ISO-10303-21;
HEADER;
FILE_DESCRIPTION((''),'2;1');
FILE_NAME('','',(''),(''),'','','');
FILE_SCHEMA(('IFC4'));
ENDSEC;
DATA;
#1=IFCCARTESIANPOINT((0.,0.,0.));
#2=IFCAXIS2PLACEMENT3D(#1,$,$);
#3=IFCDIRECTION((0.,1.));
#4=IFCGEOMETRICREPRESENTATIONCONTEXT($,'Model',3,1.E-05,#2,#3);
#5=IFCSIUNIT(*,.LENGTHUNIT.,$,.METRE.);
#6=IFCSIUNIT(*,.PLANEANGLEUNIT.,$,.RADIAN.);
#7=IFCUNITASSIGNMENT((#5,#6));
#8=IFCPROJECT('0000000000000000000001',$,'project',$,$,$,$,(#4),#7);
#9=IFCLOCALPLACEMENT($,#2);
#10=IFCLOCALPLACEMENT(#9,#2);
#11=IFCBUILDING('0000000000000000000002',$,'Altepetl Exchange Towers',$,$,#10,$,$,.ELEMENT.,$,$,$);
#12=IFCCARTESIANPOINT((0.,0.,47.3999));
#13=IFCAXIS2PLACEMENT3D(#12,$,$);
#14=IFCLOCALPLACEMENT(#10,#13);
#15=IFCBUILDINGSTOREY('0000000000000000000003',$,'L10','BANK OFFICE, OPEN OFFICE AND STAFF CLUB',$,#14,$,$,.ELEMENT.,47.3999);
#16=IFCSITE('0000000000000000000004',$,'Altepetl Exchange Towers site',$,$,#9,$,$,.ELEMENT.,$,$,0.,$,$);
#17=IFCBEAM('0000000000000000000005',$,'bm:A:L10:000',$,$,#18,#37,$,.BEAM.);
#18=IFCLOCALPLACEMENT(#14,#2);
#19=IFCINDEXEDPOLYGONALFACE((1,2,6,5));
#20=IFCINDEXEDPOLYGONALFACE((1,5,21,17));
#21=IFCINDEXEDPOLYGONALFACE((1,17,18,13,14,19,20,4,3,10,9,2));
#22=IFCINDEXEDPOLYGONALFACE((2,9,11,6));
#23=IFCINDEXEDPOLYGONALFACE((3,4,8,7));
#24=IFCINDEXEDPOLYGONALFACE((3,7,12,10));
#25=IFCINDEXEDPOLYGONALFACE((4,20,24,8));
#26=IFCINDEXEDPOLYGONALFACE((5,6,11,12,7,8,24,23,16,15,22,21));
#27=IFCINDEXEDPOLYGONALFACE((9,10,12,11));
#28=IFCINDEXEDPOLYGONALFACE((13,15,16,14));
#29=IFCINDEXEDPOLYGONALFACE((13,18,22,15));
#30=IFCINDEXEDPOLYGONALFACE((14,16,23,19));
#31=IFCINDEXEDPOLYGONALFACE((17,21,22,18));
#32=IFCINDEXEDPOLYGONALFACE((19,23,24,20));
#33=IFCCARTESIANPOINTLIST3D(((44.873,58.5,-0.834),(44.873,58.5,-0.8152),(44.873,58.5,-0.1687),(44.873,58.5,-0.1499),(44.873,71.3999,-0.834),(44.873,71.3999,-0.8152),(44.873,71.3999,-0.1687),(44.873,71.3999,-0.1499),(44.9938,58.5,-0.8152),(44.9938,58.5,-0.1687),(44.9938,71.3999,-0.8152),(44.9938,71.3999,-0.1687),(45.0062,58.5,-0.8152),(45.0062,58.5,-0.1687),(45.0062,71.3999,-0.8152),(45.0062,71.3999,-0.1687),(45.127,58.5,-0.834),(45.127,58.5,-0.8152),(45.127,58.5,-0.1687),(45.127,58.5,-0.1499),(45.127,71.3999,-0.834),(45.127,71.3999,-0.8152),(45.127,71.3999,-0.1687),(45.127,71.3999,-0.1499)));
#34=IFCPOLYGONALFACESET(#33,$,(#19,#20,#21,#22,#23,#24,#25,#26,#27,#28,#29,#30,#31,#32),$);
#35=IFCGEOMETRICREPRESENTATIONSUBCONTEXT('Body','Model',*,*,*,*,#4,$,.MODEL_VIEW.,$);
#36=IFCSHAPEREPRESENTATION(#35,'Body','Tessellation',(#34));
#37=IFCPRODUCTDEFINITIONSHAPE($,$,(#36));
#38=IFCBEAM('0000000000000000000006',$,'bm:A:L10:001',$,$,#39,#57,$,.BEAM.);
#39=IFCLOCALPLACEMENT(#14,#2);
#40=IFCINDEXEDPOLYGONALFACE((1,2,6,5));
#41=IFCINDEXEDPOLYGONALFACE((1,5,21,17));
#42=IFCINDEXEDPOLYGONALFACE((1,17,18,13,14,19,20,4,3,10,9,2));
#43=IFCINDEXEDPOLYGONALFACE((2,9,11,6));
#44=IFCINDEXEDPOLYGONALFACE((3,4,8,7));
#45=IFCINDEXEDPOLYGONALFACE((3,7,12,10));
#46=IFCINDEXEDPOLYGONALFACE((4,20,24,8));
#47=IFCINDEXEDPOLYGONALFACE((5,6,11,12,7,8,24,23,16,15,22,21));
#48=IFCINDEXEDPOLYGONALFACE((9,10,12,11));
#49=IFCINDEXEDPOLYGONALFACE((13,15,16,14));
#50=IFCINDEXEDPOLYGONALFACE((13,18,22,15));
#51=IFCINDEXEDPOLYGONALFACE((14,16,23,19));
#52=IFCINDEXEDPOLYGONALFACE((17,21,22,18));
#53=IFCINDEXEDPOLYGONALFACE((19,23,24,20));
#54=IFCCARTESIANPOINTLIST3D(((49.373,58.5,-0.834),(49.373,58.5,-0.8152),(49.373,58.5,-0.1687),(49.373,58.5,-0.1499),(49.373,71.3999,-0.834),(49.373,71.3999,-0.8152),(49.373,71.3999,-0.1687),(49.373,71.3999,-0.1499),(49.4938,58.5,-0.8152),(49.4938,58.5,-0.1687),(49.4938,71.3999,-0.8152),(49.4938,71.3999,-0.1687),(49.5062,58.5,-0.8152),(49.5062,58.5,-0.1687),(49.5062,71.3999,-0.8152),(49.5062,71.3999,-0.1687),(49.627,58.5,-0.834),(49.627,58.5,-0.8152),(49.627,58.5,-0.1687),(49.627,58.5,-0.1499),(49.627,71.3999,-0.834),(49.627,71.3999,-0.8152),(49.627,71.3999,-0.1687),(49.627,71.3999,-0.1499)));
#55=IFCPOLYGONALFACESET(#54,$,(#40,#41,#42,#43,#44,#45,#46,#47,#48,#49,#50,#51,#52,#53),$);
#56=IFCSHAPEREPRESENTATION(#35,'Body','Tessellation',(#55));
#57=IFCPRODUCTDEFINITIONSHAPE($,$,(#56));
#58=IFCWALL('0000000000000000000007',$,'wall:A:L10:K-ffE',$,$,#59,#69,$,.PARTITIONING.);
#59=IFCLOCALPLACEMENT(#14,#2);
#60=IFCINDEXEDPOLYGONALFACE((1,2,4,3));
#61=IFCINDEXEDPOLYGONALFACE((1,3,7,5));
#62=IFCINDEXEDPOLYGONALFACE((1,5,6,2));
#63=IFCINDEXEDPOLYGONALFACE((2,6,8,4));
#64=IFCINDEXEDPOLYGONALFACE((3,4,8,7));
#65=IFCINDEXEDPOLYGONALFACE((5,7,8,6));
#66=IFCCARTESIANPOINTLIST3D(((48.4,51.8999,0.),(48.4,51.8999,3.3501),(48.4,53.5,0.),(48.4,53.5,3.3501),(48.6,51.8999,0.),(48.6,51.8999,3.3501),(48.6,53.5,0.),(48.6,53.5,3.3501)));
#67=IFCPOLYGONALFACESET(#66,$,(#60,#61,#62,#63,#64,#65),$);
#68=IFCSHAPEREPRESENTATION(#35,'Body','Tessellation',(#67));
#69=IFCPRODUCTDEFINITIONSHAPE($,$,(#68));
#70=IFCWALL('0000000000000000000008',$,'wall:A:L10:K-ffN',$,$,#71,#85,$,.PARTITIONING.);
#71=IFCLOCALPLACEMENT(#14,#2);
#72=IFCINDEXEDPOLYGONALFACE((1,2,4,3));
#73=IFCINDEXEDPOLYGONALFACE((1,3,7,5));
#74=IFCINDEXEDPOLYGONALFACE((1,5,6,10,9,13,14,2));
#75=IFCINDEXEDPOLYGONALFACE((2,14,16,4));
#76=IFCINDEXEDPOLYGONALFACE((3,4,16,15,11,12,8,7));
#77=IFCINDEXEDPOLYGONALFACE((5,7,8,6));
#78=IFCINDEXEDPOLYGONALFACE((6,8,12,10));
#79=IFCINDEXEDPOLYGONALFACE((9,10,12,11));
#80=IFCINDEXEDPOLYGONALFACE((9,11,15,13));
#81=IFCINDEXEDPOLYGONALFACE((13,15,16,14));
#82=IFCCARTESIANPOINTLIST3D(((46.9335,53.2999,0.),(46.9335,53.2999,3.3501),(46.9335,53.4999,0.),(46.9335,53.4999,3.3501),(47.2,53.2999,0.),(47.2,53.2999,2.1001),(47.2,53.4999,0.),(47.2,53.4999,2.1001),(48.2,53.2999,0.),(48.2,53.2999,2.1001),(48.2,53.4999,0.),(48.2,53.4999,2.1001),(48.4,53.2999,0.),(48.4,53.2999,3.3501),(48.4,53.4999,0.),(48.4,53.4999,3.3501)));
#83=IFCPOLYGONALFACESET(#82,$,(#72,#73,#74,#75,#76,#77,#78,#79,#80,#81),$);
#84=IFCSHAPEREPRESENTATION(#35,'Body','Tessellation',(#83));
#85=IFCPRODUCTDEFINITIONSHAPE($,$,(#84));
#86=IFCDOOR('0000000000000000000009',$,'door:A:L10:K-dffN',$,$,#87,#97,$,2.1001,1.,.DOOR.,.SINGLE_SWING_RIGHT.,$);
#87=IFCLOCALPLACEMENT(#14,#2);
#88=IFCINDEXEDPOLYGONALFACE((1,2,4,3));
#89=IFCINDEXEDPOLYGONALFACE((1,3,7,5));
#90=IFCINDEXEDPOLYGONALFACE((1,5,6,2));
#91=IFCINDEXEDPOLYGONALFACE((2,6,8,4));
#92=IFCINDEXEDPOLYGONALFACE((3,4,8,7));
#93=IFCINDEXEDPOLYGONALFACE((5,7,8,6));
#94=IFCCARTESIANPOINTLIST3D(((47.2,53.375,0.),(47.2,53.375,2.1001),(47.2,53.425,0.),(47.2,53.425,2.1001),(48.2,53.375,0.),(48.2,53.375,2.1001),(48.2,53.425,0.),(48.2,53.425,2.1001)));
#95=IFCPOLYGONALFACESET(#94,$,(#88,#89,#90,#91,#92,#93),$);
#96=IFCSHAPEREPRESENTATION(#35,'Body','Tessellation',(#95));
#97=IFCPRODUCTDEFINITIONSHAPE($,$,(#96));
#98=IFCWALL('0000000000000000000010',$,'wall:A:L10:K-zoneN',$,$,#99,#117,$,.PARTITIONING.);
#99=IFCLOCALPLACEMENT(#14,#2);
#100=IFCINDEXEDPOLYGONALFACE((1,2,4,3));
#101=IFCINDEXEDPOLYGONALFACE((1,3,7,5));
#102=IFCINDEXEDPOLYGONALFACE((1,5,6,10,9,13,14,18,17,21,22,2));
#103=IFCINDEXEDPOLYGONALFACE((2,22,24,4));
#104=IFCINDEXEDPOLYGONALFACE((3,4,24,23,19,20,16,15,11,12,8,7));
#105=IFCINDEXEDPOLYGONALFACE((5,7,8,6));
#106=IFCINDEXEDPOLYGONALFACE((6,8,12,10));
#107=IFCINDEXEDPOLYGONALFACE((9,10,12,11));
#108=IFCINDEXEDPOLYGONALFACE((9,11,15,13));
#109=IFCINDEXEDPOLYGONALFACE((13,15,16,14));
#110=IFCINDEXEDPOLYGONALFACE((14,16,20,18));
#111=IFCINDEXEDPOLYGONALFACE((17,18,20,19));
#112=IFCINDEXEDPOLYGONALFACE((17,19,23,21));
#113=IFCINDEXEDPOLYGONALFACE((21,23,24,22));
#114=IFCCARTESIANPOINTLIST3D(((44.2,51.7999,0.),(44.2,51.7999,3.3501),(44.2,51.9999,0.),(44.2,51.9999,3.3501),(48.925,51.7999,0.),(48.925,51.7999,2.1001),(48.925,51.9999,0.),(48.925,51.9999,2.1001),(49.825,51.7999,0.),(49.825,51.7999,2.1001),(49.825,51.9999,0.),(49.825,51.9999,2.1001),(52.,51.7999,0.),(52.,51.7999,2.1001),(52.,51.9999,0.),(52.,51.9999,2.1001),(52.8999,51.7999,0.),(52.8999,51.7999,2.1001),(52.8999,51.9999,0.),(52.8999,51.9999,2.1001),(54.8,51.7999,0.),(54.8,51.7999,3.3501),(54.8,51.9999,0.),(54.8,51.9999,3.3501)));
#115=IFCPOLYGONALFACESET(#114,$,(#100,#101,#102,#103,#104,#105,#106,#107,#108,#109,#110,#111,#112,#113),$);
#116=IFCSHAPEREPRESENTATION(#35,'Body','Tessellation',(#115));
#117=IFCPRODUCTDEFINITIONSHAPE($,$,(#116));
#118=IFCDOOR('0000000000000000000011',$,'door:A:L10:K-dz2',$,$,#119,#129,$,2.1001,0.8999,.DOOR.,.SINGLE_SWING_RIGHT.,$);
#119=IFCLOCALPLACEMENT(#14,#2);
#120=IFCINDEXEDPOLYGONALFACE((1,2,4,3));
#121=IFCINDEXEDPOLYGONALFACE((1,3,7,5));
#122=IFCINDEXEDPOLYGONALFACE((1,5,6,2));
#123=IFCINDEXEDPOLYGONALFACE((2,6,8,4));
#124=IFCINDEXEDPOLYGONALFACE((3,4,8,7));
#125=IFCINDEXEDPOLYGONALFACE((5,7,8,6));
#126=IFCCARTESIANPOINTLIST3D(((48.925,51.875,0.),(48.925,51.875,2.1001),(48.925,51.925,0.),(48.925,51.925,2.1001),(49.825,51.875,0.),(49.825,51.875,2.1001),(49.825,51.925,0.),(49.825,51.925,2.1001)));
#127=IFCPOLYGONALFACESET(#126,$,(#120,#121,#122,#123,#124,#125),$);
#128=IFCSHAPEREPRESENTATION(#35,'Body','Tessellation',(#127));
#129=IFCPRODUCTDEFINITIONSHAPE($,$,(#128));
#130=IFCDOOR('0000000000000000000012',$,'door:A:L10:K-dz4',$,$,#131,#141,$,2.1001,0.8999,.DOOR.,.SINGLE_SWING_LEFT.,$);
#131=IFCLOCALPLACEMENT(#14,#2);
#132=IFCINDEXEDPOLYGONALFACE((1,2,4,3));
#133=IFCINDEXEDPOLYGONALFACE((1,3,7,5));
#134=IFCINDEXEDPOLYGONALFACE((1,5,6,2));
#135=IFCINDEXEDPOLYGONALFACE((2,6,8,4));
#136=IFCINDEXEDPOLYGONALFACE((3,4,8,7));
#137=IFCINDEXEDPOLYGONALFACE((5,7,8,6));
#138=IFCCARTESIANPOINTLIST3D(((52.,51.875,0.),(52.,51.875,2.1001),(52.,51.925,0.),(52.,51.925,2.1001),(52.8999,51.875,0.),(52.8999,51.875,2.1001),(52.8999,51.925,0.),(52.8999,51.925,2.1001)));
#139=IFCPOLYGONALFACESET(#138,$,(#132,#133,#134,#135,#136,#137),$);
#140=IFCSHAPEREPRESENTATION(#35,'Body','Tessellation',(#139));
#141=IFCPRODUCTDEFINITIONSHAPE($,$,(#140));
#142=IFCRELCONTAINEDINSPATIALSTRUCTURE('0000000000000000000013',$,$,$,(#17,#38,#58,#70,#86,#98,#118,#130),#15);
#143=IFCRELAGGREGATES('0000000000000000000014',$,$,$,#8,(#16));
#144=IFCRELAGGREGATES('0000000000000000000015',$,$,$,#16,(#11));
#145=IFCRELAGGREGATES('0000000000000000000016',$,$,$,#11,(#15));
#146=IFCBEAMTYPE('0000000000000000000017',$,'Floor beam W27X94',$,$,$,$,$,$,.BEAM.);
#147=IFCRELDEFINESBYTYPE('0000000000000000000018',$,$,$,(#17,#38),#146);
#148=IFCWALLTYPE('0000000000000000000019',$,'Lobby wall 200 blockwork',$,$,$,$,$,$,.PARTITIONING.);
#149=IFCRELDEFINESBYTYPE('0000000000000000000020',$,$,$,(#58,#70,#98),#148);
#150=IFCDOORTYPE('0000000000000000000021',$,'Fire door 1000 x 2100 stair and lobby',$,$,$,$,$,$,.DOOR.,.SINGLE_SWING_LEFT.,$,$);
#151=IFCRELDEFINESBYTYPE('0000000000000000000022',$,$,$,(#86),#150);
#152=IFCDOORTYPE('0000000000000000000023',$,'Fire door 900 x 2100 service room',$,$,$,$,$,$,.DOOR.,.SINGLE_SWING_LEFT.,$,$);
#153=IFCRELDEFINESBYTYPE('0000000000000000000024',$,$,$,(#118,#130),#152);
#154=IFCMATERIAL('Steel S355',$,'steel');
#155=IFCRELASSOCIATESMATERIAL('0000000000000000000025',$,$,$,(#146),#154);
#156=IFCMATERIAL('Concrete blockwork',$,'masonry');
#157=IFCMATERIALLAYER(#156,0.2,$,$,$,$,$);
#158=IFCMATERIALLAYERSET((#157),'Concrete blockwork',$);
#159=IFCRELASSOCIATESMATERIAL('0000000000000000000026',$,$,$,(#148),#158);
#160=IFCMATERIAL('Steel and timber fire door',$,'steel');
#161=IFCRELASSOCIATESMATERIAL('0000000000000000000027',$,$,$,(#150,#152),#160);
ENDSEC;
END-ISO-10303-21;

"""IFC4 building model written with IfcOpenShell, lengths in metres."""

from ifc_helpers import new_model, si_unit, direction, frame, frame_2d, origin, origin_2d, place, context, subcontext, project, spatial, rectangle, i_section, extrude, material, layer, layer_set, material_profile, profile_set, type_object, element, fill, save


model = new_model("IFC4")

# Units and contexts
model_context = context("Model", 3, precision=1e-05, world=origin(), true_north=direction((0.0, 1.0)))
body_context = subcontext(model_context, "Body", "Model", "MODEL_VIEW")
ifc_project = project(units=[si_unit("LENGTHUNIT", "METRE"), si_unit("PLANEANGLEUNIT", "RADIAN")], contexts=[model_context])

# Site, building, storey
site_placement = place(None, origin())
site = spatial("IfcSite", under=ifc_project, at=site_placement, Name="Altepetl Exchange Towers site", CompositionType="ELEMENT", RefElevation=0.0)
building_placement = place(site_placement, origin())
building = spatial("IfcBuilding", under=site, at=building_placement, Name="Altepetl Exchange Towers", CompositionType="ELEMENT")
storey_placement = place(building_placement, frame((0.0, 0.0, 47.3999)))
storey = spatial("IfcBuildingStorey", under=building, at=storey_placement, Name="L10", Description="BANK OFFICE, OPEN OFFICE AND STAFF CLUB", CompositionType="ELEMENT", Elevation=47.3999)

# Beams
ifc_material_1 = material(Name="Steel S355", Category="steel")
ifc_material_profile = material_profile(ifc_material_1, i_section(OverallWidth=0.2539, OverallDepth=0.6841, WebThickness=0.0125, FlangeThickness=0.0188, at=origin_2d()), Name="W27X94")
ifc_profile_set = profile_set([ifc_material_profile], Name="Steel S355")
beam_type = type_object("IfcBeamType", Name="Floor beam W27X94", PredefinedType="BEAM", material=ifc_profile_set)
for number, where, z_axis, x_axis, name in (
    (1, (45.0, 58.5, -0.4919), (0.0, 1.0, 0.0), (-1.0, 0.0, 0.0), "bm:A:L10:000"),
    (2, (49.5, 58.5, -0.4919), (0.0, 1.0, 0.0), (-1.0, 0.0, 0.0), "bm:A:L10:001"),
):
    element("IfcBeam", number, at=place(storey_placement, frame(where, z_axis=z_axis, x_axis=x_axis)), inside=storey, type_object=beam_type, Name=name, PredefinedType="BEAM", context=body_context, shape_type="SweptSolid", body=[
        extrude(i_section(OverallWidth=0.2539, OverallDepth=0.6841, WebThickness=0.0125, FlangeThickness=0.0188, at=origin_2d()), origin(), (0.0, 0.0, 1.0), 12.8999),
    ])

# Wall
ifc_material_2 = material(Name="Concrete blockwork", Category="masonry")
ifc_layer_1 = layer(ifc_material_2, 0.2)
ifc_layer_set_1 = layer_set([ifc_layer_1], Name="Concrete blockwork")
wall_type_1 = type_object("IfcWallType", Name="Lobby wall 200 blockwork", PredefinedType="PARTITIONING", material=ifc_layer_set_1)
wall_1_placement = place(storey_placement, frame((48.5, 51.8999, 0.0), z_axis=(0.0, 0.0, 1.0), x_axis=(0.0, 1.0, 0.0)))
element("IfcWall", 3, at=wall_1_placement, inside=storey, type_object=wall_type_1, Name="wall:A:L10:K-ffE", PredefinedType="PARTITIONING", context=body_context, shape_type="SweptSolid", body=[
    extrude(rectangle(XDim=1.6001, YDim=0.2, at=frame_2d((0.8, 0.0))), origin(), (0.0, 0.0, 1.0), 3.3501),
])

# Wall, opening, door
wall_2_placement = place(storey_placement, frame((46.9333, 53.3999, 0.0)))
wall_2 = element("IfcWall", 4, at=wall_2_placement, inside=storey, type_object=wall_type_1, Name="wall:A:L10:K-ffN", PredefinedType="PARTITIONING", context=body_context, shape_type="SweptSolid", body=[
    extrude(rectangle(XDim=1.4666, YDim=0.2, at=frame_2d((0.7334, 0.0))), origin(), (0.0, 0.0, 1.0), 3.3501),
])
opening_1_placement = place(wall_2_placement, frame((0.2666, 0.0, 0.0)))
opening_1 = element("IfcOpeningElement", 5, at=opening_1_placement, cuts=wall_2, PredefinedType="OPENING", context=body_context, shape_type="SweptSolid", body=[
    extrude(rectangle(XDim=1.0, YDim=2.1001, at=frame_2d((0.5, 1.05))), frame((0.0, 0.1099, 0.0), z_axis=(0.0, -1.0, 0.0), x_axis=(1.0, 0.0, 0.0)), (0.0, 0.0, 1.0), 0.22),
])
ifc_material_3 = material(Name="Steel and timber fire door", Category="steel")
door_type_1 = type_object("IfcDoorType", Name="Fire door 1000 x 2100 stair and lobby", OperationType="SINGLE_SWING_LEFT", PredefinedType="DOOR", material=ifc_material_3)
door_1_placement = place(opening_1_placement, frame((1.0, 0.0, 0.0), x_axis=(-1.0, 0.0, 0.0)))
door_1 = element("IfcDoor", 6, at=door_1_placement, inside=storey, type_object=door_type_1, Name="door:A:L10:K-dffN", OperationType="SINGLE_SWING_RIGHT", OverallHeight=2.1001, OverallWidth=1.0, PredefinedType="DOOR", context=body_context, shape_type="SweptSolid", body=[
    extrude(rectangle(XDim=1.0, YDim=2.1001, at=frame_2d((0.5, 1.05))), frame((0.0, 0.0249, 0.0), z_axis=(0.0, -1.0, 0.0), x_axis=(1.0, 0.0, 0.0)), (0.0, 0.0, 1.0), 0.05),
])
fill(opening_1, door_1)

# Wall, openings, doors
wall_3_placement = place(storey_placement, frame((44.2, 51.8999, 0.0)))
wall_3 = element("IfcWall", 7, at=wall_3_placement, inside=storey, type_object=wall_type_1, Name="wall:A:L10:K-zoneN", PredefinedType="PARTITIONING", context=body_context, shape_type="SweptSolid", body=[
    extrude(rectangle(XDim=10.6001, YDim=0.2, at=frame_2d((5.3, 0.0))), origin(), (0.0, 0.0, 1.0), 3.3501),
])
opening_2_placement = place(wall_3_placement, frame((4.7251, 0.0, 0.0)))
opening_2 = element("IfcOpeningElement", 8, at=opening_2_placement, cuts=wall_3, PredefinedType="OPENING", context=body_context, shape_type="SweptSolid", body=[
    extrude(rectangle(XDim=0.8999, YDim=2.1001, at=frame_2d((0.45, 1.05))), frame((0.0, 0.1099, 0.0), z_axis=(0.0, -1.0, 0.0), x_axis=(1.0, 0.0, 0.0)), (0.0, 0.0, 1.0), 0.22),
])
opening_3_placement = place(wall_3_placement, frame((7.8, 0.0, 0.0)))
opening_3 = element("IfcOpeningElement", 9, at=opening_3_placement, cuts=wall_3, PredefinedType="OPENING", context=body_context, shape_type="SweptSolid", body=[
    extrude(rectangle(XDim=0.8999, YDim=2.1001, at=frame_2d((0.45, 1.05))), frame((0.0, 0.1099, 0.0), z_axis=(0.0, -1.0, 0.0), x_axis=(1.0, 0.0, 0.0)), (0.0, 0.0, 1.0), 0.22),
])
door_type_2 = type_object("IfcDoorType", Name="Fire door 900 x 2100 service room", OperationType="SINGLE_SWING_LEFT", PredefinedType="DOOR", material=ifc_material_3)
door_2_placement = place(opening_2_placement, frame((0.8999, 0.0, 0.0), x_axis=(-1.0, 0.0, 0.0)))
door_2 = element("IfcDoor", 10, at=door_2_placement, inside=storey, type_object=door_type_2, Name="door:A:L10:K-dz2", OperationType="SINGLE_SWING_RIGHT", OverallHeight=2.1001, OverallWidth=0.8999, PredefinedType="DOOR", context=body_context, shape_type="SweptSolid", body=[
    extrude(rectangle(XDim=0.8999, YDim=2.1001, at=frame_2d((0.45, 1.05))), frame((0.0, 0.0249, 0.0), z_axis=(0.0, -1.0, 0.0), x_axis=(1.0, 0.0, 0.0)), (0.0, 0.0, 1.0), 0.05),
])
fill(opening_2, door_2)
door_3_placement = place(opening_3_placement, frame((0.8999, 0.0, 0.0), x_axis=(-1.0, 0.0, 0.0)))
door_3 = element("IfcDoor", 11, at=door_3_placement, inside=storey, type_object=door_type_2, Name="door:A:L10:K-dz4", OperationType="SINGLE_SWING_LEFT", OverallHeight=2.1001, OverallWidth=0.8999, PredefinedType="DOOR", context=body_context, shape_type="SweptSolid", body=[
    extrude(rectangle(XDim=0.8999, YDim=2.1001, at=frame_2d((0.45, 1.05))), frame((0.0, 0.0249, 0.0), z_axis=(0.0, -1.0, 0.0), x_axis=(1.0, 0.0, 0.0)), (0.0, 0.0, 1.0), 0.05),
])
fill(opening_3, door_3)

save(model, "model.ifc")
